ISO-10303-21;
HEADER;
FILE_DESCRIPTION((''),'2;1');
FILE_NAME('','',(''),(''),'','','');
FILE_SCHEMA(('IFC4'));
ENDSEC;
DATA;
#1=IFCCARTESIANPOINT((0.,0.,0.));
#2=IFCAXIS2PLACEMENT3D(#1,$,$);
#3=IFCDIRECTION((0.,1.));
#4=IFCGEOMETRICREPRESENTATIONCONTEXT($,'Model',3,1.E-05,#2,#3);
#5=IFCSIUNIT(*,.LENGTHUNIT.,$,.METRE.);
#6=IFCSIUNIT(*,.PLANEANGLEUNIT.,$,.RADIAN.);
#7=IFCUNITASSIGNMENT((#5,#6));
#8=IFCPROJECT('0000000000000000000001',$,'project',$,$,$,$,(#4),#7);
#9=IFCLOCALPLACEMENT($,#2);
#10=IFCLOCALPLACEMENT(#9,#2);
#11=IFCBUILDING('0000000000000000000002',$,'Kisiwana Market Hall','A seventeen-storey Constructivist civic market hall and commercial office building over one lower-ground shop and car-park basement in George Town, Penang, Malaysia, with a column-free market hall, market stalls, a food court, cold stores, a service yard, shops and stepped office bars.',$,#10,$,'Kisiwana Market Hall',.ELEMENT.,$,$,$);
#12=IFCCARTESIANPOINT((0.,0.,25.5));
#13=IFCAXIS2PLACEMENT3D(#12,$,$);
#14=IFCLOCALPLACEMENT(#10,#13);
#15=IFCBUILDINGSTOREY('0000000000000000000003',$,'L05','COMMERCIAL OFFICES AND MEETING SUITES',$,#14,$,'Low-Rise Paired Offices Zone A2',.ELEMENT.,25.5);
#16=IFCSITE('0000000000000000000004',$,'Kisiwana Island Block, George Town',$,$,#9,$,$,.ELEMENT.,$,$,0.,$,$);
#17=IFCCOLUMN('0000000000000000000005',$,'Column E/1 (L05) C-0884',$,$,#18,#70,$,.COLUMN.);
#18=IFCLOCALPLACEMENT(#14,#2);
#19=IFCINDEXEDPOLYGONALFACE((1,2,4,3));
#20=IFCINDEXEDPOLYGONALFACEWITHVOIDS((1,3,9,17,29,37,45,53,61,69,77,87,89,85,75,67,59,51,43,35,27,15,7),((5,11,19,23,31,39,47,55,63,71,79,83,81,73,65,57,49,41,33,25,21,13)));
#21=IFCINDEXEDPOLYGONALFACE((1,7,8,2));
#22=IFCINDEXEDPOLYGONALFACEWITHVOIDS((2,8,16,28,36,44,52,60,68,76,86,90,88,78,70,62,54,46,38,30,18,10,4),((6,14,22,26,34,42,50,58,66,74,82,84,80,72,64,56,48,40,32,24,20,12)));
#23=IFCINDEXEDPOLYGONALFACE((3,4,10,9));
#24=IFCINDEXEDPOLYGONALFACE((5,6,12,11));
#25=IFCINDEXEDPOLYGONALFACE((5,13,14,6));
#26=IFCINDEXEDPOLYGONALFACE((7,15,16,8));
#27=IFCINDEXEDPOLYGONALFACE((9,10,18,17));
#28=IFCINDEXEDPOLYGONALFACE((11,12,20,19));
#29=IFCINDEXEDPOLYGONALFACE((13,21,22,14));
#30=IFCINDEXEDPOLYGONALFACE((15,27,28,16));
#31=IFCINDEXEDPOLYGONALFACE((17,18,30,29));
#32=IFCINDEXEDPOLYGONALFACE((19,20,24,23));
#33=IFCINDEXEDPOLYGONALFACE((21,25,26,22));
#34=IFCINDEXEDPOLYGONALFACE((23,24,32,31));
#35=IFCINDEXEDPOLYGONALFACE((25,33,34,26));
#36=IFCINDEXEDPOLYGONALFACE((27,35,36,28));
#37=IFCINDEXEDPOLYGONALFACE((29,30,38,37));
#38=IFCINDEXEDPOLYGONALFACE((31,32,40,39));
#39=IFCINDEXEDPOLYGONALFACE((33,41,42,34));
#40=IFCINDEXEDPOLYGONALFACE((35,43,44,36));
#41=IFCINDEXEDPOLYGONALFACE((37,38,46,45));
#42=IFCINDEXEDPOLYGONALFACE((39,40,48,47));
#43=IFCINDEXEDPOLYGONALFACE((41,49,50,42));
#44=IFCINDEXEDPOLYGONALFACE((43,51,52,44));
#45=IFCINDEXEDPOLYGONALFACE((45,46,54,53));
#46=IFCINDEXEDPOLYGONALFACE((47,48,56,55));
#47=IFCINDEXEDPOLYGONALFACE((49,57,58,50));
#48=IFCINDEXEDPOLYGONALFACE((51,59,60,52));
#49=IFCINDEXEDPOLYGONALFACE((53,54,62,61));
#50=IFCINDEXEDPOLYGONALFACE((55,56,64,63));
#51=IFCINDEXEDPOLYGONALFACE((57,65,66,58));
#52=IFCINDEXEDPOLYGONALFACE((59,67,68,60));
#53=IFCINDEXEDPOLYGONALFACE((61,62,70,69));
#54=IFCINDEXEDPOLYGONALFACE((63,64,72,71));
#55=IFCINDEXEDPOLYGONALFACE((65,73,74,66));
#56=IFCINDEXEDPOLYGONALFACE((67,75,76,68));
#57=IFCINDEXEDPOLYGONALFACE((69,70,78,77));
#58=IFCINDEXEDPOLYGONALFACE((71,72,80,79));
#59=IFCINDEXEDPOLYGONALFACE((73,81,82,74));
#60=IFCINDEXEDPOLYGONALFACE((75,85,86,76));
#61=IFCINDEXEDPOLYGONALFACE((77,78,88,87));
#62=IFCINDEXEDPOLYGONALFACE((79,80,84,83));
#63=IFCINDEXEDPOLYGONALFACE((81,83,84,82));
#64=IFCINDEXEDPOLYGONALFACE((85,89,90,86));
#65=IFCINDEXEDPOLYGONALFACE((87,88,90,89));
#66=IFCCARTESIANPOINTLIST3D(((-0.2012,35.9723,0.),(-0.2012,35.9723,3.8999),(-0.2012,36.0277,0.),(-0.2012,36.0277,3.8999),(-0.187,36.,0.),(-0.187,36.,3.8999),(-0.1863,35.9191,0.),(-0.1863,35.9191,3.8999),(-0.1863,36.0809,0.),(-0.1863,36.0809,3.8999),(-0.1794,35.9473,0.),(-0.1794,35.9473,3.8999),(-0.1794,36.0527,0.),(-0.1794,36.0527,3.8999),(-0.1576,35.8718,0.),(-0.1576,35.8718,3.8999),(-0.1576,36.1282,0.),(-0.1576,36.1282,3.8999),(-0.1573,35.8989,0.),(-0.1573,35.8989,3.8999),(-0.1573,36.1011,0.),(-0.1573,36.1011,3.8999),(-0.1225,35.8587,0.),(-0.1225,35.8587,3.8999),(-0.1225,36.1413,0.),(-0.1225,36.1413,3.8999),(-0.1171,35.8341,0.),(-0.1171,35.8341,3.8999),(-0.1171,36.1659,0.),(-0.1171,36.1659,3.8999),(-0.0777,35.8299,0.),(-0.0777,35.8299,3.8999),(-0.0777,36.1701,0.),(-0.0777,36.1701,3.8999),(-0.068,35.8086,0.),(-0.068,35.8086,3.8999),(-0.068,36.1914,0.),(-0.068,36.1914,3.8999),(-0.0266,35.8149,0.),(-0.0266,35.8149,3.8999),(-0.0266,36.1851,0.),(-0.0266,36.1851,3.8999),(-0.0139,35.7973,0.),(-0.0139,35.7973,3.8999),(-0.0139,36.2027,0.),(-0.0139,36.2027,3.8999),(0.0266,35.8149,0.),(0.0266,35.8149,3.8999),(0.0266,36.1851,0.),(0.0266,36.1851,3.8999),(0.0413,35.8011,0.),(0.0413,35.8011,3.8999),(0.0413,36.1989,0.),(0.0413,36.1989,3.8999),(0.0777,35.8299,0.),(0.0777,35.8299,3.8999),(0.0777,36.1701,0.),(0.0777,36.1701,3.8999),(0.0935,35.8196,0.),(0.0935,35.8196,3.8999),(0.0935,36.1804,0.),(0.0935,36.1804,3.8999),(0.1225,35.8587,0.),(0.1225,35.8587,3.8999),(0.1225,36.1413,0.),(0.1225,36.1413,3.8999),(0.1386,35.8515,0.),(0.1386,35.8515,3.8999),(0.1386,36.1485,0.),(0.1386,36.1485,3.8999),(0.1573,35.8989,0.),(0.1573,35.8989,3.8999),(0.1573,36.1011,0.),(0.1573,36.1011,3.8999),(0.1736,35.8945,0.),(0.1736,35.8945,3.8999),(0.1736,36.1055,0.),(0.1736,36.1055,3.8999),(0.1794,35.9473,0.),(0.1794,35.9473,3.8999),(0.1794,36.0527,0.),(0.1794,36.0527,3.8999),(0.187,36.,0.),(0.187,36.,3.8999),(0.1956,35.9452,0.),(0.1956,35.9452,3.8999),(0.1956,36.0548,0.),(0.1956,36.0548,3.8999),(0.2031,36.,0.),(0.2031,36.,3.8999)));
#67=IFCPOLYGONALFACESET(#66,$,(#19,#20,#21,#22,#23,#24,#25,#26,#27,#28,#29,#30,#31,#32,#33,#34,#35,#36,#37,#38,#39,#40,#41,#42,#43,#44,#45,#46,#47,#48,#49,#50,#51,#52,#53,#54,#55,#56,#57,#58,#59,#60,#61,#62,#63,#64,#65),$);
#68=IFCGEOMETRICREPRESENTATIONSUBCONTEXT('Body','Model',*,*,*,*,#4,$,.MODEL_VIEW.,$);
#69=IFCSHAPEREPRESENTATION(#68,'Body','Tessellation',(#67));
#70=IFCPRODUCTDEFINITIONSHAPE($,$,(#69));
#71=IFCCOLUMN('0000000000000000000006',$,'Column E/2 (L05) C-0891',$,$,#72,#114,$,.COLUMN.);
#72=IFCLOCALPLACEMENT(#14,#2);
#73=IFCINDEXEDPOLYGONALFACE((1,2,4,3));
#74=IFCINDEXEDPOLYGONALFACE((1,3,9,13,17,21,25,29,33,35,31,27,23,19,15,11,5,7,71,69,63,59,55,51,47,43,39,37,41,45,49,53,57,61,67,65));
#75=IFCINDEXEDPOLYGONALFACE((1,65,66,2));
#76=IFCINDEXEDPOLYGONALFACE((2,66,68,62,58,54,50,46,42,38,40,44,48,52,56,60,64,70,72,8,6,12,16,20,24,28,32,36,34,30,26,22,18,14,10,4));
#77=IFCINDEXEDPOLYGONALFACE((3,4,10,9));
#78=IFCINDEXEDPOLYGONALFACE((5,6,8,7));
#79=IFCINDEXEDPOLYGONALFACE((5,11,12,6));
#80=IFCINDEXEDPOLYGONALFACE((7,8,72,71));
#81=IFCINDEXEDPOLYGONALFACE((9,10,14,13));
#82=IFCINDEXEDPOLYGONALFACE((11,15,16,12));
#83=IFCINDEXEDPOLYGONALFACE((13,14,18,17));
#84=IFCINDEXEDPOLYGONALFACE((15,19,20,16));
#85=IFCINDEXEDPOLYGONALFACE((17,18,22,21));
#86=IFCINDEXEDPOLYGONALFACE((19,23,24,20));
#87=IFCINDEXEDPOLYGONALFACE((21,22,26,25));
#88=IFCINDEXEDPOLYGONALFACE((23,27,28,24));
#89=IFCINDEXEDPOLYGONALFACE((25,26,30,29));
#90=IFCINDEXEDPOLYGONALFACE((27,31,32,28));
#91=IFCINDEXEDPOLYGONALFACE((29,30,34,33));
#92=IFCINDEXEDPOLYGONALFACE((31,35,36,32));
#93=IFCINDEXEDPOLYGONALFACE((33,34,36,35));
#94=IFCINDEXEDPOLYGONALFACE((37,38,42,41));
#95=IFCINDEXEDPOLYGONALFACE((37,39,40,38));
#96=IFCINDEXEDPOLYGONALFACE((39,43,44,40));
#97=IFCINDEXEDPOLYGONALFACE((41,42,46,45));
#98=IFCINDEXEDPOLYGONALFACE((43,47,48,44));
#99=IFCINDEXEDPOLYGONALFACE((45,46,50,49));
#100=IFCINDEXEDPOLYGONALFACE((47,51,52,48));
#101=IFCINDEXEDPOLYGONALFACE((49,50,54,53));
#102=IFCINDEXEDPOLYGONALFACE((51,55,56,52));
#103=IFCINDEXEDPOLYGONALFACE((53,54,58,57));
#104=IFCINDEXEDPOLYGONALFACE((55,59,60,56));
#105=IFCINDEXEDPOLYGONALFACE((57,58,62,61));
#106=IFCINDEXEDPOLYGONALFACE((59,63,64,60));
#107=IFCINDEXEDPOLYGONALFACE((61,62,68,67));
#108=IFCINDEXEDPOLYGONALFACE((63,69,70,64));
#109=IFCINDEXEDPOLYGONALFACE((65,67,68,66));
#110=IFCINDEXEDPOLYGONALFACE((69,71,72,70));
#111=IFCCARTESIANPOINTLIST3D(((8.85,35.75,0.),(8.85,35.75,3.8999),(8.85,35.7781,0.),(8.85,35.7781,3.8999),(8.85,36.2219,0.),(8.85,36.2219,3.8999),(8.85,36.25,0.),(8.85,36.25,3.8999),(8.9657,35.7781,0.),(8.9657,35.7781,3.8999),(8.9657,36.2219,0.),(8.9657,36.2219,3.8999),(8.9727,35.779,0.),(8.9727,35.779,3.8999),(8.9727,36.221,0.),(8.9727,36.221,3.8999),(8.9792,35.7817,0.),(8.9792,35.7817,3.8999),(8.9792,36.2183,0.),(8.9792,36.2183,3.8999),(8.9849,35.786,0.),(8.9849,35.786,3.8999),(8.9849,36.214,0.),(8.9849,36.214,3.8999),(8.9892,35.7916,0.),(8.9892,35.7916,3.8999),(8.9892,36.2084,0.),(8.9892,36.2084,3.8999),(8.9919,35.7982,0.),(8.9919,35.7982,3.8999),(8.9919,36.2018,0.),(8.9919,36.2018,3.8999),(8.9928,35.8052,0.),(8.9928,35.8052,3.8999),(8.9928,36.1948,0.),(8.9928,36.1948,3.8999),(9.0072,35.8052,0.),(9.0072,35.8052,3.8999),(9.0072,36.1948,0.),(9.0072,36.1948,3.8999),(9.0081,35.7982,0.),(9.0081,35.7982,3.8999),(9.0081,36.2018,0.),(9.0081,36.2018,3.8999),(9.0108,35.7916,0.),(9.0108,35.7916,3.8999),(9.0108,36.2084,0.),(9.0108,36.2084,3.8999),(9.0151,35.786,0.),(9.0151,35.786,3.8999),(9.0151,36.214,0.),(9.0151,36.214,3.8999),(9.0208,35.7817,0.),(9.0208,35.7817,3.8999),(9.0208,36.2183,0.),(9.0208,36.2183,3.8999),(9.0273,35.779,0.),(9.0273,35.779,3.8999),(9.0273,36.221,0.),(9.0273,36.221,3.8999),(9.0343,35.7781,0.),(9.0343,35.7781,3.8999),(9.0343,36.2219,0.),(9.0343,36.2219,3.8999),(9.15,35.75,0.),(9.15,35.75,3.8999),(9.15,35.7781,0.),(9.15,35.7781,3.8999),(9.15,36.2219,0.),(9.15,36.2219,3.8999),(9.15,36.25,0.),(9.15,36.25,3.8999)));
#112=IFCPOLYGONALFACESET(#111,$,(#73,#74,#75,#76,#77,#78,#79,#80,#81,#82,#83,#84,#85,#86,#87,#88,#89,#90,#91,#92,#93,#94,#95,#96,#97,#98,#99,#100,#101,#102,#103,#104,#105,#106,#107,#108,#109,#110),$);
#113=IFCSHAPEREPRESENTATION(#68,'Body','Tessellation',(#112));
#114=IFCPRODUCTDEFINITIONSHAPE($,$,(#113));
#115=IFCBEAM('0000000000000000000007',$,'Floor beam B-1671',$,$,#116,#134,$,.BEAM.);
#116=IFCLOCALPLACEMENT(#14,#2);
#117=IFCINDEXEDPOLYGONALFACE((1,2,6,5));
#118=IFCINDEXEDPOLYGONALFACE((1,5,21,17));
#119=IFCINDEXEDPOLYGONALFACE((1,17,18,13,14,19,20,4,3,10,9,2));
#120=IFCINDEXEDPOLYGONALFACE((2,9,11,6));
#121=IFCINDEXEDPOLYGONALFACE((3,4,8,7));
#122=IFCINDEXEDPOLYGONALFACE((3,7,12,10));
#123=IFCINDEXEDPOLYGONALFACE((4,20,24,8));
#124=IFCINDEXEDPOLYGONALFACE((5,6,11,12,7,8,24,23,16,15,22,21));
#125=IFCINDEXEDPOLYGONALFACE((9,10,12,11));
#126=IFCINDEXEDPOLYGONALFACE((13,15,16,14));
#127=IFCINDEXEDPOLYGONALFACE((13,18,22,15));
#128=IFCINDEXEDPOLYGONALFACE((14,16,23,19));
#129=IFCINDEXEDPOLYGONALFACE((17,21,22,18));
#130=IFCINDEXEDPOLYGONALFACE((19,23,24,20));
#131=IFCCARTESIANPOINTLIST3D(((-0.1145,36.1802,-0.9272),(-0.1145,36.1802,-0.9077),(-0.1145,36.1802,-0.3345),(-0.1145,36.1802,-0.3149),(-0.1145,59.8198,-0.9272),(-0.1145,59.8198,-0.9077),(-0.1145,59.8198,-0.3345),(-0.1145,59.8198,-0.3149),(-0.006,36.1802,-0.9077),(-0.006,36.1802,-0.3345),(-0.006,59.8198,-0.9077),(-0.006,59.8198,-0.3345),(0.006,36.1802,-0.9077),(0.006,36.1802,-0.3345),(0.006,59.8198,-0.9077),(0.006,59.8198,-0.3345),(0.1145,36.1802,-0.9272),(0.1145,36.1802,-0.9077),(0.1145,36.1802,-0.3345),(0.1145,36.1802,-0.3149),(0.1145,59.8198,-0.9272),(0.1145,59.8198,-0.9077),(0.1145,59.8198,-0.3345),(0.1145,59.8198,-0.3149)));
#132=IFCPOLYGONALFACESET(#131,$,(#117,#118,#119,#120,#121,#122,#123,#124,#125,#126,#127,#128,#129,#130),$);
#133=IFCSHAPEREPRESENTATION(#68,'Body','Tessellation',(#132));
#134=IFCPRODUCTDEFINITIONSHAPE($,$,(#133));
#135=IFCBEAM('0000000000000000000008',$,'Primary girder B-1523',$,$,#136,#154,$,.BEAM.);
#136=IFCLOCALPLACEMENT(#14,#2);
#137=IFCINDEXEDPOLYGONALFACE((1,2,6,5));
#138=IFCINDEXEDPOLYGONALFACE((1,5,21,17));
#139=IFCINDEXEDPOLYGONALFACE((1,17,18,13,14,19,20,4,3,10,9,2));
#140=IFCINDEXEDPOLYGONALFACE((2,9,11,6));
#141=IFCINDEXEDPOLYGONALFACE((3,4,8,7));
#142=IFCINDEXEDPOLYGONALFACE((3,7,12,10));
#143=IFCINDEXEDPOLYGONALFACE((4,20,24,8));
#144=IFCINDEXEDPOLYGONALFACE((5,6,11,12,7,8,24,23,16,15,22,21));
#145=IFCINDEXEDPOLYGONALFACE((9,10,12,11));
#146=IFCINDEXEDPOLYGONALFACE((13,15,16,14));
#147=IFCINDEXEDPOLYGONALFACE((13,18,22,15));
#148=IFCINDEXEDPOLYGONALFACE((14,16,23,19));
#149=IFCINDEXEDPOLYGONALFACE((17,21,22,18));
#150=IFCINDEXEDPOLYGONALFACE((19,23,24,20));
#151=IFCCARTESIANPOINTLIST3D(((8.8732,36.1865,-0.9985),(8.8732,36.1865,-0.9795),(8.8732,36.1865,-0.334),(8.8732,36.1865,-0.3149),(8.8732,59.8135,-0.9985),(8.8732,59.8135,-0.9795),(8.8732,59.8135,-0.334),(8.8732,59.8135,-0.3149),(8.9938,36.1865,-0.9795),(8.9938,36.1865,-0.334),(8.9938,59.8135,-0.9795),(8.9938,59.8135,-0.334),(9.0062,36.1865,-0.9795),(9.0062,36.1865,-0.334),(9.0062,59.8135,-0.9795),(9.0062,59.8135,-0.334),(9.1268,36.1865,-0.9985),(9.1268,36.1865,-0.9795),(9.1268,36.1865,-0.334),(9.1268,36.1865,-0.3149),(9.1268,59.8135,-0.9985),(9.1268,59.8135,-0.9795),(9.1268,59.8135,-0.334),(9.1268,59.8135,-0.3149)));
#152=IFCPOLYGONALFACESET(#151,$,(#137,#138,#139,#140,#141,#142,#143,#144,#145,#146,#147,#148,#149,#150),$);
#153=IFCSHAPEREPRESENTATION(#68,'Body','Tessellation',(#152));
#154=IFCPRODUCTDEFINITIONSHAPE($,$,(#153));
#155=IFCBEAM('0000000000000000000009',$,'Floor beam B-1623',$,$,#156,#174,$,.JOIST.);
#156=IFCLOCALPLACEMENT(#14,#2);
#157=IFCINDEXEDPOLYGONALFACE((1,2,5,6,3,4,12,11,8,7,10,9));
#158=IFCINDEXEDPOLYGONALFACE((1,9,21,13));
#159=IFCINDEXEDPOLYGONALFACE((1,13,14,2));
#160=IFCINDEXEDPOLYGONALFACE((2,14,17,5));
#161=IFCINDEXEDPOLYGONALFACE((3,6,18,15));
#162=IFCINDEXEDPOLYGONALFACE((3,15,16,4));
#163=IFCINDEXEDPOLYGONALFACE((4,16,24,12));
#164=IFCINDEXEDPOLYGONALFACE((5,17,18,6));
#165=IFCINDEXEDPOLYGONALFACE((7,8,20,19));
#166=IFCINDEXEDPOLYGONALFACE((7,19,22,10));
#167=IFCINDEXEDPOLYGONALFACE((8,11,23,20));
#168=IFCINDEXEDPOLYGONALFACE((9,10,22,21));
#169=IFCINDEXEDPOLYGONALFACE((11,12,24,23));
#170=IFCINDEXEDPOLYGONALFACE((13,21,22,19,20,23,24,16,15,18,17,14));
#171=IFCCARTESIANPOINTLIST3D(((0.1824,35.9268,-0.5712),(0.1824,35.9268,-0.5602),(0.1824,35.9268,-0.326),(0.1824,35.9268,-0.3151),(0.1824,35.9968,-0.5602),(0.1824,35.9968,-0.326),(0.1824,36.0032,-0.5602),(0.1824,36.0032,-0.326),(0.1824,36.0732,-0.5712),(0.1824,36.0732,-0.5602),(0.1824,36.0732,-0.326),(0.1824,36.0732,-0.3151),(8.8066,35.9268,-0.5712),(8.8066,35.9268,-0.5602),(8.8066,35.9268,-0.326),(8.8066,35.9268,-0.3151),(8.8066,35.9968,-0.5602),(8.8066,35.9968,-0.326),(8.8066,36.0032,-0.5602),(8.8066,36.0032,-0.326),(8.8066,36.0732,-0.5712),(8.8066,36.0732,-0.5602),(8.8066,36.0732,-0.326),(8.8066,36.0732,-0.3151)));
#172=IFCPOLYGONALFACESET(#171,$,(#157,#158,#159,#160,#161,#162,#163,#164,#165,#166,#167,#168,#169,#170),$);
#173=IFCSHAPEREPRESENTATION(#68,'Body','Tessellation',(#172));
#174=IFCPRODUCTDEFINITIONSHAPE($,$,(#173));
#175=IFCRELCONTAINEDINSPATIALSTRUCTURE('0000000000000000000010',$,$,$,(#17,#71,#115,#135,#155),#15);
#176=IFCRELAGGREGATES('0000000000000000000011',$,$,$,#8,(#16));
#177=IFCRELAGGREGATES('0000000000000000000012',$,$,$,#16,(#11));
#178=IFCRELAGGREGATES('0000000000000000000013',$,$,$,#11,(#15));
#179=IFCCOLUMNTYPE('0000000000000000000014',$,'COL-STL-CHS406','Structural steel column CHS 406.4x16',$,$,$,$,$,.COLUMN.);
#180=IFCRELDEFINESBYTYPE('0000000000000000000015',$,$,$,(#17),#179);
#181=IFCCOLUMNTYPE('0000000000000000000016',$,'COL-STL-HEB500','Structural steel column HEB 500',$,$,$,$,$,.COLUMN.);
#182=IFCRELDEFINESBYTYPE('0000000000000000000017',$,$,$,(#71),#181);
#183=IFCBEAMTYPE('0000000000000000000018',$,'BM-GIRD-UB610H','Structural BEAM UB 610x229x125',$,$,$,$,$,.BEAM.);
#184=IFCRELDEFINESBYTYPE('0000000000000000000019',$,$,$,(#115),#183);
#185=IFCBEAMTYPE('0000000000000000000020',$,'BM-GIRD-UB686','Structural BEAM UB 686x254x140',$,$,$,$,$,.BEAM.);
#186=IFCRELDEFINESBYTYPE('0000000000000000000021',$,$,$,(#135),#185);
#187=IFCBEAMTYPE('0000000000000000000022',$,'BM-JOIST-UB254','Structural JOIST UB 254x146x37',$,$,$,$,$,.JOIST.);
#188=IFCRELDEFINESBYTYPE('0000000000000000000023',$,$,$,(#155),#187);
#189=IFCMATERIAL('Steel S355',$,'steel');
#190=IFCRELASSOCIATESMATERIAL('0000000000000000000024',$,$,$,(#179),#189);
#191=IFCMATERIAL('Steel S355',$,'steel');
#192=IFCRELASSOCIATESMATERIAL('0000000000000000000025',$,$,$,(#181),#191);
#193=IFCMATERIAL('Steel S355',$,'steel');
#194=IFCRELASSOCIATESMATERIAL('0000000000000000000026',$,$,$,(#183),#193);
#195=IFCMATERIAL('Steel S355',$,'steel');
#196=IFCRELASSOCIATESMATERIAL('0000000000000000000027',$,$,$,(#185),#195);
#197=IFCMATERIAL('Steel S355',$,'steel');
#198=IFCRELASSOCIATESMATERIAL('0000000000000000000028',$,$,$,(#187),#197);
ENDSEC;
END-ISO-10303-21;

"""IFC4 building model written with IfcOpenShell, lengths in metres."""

from ifc_helpers import new_model, si_unit, direction, frame, origin, origin_2d, place, context, subcontext, project, spatial, hollow_circle, i_section, extrude, material, material_profile, profile_set, type_object, element, save


model = new_model("IFC4")

# Units and contexts
model_context = context("Model", 3, precision=1e-05, world=origin(), true_north=direction((0.0, 1.0)))
body_context = subcontext(model_context, "Body", "Model", "MODEL_VIEW")
ifc_project = project(units=[si_unit("LENGTHUNIT", "METRE"), si_unit("PLANEANGLEUNIT", "RADIAN")], contexts=[model_context])

# Site, building, storey
site_placement = place(None, origin())
site = spatial("IfcSite", under=ifc_project, at=site_placement, Name="Kisiwana Island Block, George Town", CompositionType="ELEMENT", RefElevation=0.0)
building_placement = place(site_placement, origin())
building = spatial("IfcBuilding", under=site, at=building_placement, Name="Kisiwana Market Hall", Description="A seventeen-storey Constructivist civic market hall and commercial office building over one lower-ground shop and car-park basement in George Town, Penang, Malaysia, with a column-free market hall, market stalls, a food court, cold stores, a service yard, shops and stepped office bars.", LongName="Kisiwana Market Hall", CompositionType="ELEMENT")
storey_placement = place(building_placement, frame((0.0, 0.0, 25.5)))
storey = spatial("IfcBuildingStorey", under=building, at=storey_placement, Name="L05", Description="COMMERCIAL OFFICES AND MEETING SUITES", LongName="Low-Rise Paired Offices Zone A2", CompositionType="ELEMENT", Elevation=25.5)

# Columns
ifc_material_1 = material(Name="Steel S355", Category="steel")
ifc_material_profile_1 = material_profile(ifc_material_1, hollow_circle(Radius=0.2031, WallThickness=0.0161, at=origin_2d()), Name="CHS 406.4x16")
ifc_profile_set_1 = profile_set([ifc_material_profile_1], Name="Steel S355")
column_type_1 = type_object("IfcColumnType", Name="COL-STL-CHS406", Description="Structural steel column CHS 406.4x16", PredefinedType="COLUMN", material=ifc_profile_set_1)
column_1_placement = place(storey_placement, frame((0.0, 36.0, 0.0), z_axis=(0.0, 0.0, 1.0), x_axis=(1.0, 0.0, 0.0)))
element("IfcColumn", 1, at=column_1_placement, inside=storey, type_object=column_type_1, Name="Column E/1 (L05) C-0884", PredefinedType="COLUMN", context=body_context, shape_type="SweptSolid", body=[
    extrude(hollow_circle(Radius=0.2031, WallThickness=0.0161, at=origin_2d()), origin(), (0.0, 0.0, 1.0), 3.8999),
])
ifc_material_2 = material(Name="Steel S355", Category="steel")
ifc_material_profile_2 = material_profile(ifc_material_2, i_section(OverallWidth=0.3, OverallDepth=0.5, WebThickness=0.0144, FlangeThickness=0.0281, FilletRadius=0.0271, at=origin_2d()), Name="HEB 500")
ifc_profile_set_2 = profile_set([ifc_material_profile_2], Name="Steel S355")
column_type_2 = type_object("IfcColumnType", Name="COL-STL-HEB500", Description="Structural steel column HEB 500", PredefinedType="COLUMN", material=ifc_profile_set_2)
column_2_placement = place(storey_placement, frame((9.0, 36.0, 0.0), z_axis=(0.0, 0.0, 1.0), x_axis=(1.0, 0.0, 0.0)))
element("IfcColumn", 2, at=column_2_placement, inside=storey, type_object=column_type_2, Name="Column E/2 (L05) C-0891", PredefinedType="COLUMN", context=body_context, shape_type="SweptSolid", body=[
    extrude(i_section(OverallWidth=0.3, OverallDepth=0.5, WebThickness=0.0144, FlangeThickness=0.0281, FilletRadius=0.0271, at=origin_2d()), origin(), (0.0, 0.0, 1.0), 3.8999),
])

# Beams
ifc_material_3 = material(Name="Steel S355", Category="steel")
ifc_material_profile_3 = material_profile(ifc_material_3, i_section(OverallWidth=0.229, OverallDepth=0.6123, WebThickness=0.012, FlangeThickness=0.0195, at=origin_2d()), Name="UB 610x229x125")
ifc_profile_set_3 = profile_set([ifc_material_profile_3], Name="Steel S355")
beam_type_1 = type_object("IfcBeamType", Name="BM-GIRD-UB610H", Description="Structural BEAM UB 610x229x125", PredefinedType="BEAM", material=ifc_profile_set_3)
beam_1_placement = place(storey_placement, frame((0.0, 36.1802, -0.6211), z_axis=(0.0, 1.0, 0.0), x_axis=(-1.0, 0.0, 0.0)))
element("IfcBeam", 3, at=beam_1_placement, inside=storey, type_object=beam_type_1, Name="Floor beam B-1671", PredefinedType="BEAM", context=body_context, shape_type="SweptSolid", body=[
    extrude(i_section(OverallWidth=0.229, OverallDepth=0.6123, WebThickness=0.012, FlangeThickness=0.0195, at=origin_2d()), origin(), (0.0, 0.0, 1.0), 23.6396),
])
ifc_material_4 = material(Name="Steel S355", Category="steel")
ifc_material_profile_4 = material_profile(ifc_material_4, i_section(OverallWidth=0.2537, OverallDepth=0.6836, WebThickness=0.0125, FlangeThickness=0.019, at=origin_2d()), Name="UB 686x254x140")
ifc_profile_set_4 = profile_set([ifc_material_profile_4], Name="Steel S355")
beam_type_2 = type_object("IfcBeamType", Name="BM-GIRD-UB686", Description="Structural BEAM UB 686x254x140", PredefinedType="BEAM", material=ifc_profile_set_4)
beam_2_placement = place(storey_placement, frame((9.0, 36.1865, -0.6567), z_axis=(0.0, 1.0, 0.0), x_axis=(-1.0, 0.0, 0.0)))
element("IfcBeam", 4, at=beam_2_placement, inside=storey, type_object=beam_type_2, Name="Primary girder B-1523", PredefinedType="BEAM", context=body_context, shape_type="SweptSolid", body=[
    extrude(i_section(OverallWidth=0.2537, OverallDepth=0.6836, WebThickness=0.0125, FlangeThickness=0.019, at=origin_2d()), origin(), (0.0, 0.0, 1.0), 23.627),
])
ifc_material_5 = material(Name="Steel S355", Category="steel")
ifc_material_profile_5 = material_profile(ifc_material_5, i_section(OverallWidth=0.1465, OverallDepth=0.2561, WebThickness=0.0063, FlangeThickness=0.011, at=origin_2d()), Name="UB 254x146x37")
ifc_profile_set_5 = profile_set([ifc_material_profile_5], Name="Steel S355")
beam_type_3 = type_object("IfcBeamType", Name="BM-JOIST-UB254", Description="Structural JOIST UB 254x146x37", PredefinedType="JOIST", material=ifc_profile_set_5)
beam_3_placement = place(storey_placement, frame((0.1824, 36.0, -0.4431), z_axis=(1.0, 0.0, 0.0), x_axis=(0.0, 1.0, 0.0)))
element("IfcBeam", 5, at=beam_3_placement, inside=storey, type_object=beam_type_3, Name="Floor beam B-1623", PredefinedType="JOIST", context=body_context, shape_type="SweptSolid", body=[
    extrude(i_section(OverallWidth=0.1465, OverallDepth=0.2561, WebThickness=0.0063, FlangeThickness=0.011, at=origin_2d()), origin(), (0.0, 0.0, 1.0), 8.6243),
])

save(model, "model.ifc")
